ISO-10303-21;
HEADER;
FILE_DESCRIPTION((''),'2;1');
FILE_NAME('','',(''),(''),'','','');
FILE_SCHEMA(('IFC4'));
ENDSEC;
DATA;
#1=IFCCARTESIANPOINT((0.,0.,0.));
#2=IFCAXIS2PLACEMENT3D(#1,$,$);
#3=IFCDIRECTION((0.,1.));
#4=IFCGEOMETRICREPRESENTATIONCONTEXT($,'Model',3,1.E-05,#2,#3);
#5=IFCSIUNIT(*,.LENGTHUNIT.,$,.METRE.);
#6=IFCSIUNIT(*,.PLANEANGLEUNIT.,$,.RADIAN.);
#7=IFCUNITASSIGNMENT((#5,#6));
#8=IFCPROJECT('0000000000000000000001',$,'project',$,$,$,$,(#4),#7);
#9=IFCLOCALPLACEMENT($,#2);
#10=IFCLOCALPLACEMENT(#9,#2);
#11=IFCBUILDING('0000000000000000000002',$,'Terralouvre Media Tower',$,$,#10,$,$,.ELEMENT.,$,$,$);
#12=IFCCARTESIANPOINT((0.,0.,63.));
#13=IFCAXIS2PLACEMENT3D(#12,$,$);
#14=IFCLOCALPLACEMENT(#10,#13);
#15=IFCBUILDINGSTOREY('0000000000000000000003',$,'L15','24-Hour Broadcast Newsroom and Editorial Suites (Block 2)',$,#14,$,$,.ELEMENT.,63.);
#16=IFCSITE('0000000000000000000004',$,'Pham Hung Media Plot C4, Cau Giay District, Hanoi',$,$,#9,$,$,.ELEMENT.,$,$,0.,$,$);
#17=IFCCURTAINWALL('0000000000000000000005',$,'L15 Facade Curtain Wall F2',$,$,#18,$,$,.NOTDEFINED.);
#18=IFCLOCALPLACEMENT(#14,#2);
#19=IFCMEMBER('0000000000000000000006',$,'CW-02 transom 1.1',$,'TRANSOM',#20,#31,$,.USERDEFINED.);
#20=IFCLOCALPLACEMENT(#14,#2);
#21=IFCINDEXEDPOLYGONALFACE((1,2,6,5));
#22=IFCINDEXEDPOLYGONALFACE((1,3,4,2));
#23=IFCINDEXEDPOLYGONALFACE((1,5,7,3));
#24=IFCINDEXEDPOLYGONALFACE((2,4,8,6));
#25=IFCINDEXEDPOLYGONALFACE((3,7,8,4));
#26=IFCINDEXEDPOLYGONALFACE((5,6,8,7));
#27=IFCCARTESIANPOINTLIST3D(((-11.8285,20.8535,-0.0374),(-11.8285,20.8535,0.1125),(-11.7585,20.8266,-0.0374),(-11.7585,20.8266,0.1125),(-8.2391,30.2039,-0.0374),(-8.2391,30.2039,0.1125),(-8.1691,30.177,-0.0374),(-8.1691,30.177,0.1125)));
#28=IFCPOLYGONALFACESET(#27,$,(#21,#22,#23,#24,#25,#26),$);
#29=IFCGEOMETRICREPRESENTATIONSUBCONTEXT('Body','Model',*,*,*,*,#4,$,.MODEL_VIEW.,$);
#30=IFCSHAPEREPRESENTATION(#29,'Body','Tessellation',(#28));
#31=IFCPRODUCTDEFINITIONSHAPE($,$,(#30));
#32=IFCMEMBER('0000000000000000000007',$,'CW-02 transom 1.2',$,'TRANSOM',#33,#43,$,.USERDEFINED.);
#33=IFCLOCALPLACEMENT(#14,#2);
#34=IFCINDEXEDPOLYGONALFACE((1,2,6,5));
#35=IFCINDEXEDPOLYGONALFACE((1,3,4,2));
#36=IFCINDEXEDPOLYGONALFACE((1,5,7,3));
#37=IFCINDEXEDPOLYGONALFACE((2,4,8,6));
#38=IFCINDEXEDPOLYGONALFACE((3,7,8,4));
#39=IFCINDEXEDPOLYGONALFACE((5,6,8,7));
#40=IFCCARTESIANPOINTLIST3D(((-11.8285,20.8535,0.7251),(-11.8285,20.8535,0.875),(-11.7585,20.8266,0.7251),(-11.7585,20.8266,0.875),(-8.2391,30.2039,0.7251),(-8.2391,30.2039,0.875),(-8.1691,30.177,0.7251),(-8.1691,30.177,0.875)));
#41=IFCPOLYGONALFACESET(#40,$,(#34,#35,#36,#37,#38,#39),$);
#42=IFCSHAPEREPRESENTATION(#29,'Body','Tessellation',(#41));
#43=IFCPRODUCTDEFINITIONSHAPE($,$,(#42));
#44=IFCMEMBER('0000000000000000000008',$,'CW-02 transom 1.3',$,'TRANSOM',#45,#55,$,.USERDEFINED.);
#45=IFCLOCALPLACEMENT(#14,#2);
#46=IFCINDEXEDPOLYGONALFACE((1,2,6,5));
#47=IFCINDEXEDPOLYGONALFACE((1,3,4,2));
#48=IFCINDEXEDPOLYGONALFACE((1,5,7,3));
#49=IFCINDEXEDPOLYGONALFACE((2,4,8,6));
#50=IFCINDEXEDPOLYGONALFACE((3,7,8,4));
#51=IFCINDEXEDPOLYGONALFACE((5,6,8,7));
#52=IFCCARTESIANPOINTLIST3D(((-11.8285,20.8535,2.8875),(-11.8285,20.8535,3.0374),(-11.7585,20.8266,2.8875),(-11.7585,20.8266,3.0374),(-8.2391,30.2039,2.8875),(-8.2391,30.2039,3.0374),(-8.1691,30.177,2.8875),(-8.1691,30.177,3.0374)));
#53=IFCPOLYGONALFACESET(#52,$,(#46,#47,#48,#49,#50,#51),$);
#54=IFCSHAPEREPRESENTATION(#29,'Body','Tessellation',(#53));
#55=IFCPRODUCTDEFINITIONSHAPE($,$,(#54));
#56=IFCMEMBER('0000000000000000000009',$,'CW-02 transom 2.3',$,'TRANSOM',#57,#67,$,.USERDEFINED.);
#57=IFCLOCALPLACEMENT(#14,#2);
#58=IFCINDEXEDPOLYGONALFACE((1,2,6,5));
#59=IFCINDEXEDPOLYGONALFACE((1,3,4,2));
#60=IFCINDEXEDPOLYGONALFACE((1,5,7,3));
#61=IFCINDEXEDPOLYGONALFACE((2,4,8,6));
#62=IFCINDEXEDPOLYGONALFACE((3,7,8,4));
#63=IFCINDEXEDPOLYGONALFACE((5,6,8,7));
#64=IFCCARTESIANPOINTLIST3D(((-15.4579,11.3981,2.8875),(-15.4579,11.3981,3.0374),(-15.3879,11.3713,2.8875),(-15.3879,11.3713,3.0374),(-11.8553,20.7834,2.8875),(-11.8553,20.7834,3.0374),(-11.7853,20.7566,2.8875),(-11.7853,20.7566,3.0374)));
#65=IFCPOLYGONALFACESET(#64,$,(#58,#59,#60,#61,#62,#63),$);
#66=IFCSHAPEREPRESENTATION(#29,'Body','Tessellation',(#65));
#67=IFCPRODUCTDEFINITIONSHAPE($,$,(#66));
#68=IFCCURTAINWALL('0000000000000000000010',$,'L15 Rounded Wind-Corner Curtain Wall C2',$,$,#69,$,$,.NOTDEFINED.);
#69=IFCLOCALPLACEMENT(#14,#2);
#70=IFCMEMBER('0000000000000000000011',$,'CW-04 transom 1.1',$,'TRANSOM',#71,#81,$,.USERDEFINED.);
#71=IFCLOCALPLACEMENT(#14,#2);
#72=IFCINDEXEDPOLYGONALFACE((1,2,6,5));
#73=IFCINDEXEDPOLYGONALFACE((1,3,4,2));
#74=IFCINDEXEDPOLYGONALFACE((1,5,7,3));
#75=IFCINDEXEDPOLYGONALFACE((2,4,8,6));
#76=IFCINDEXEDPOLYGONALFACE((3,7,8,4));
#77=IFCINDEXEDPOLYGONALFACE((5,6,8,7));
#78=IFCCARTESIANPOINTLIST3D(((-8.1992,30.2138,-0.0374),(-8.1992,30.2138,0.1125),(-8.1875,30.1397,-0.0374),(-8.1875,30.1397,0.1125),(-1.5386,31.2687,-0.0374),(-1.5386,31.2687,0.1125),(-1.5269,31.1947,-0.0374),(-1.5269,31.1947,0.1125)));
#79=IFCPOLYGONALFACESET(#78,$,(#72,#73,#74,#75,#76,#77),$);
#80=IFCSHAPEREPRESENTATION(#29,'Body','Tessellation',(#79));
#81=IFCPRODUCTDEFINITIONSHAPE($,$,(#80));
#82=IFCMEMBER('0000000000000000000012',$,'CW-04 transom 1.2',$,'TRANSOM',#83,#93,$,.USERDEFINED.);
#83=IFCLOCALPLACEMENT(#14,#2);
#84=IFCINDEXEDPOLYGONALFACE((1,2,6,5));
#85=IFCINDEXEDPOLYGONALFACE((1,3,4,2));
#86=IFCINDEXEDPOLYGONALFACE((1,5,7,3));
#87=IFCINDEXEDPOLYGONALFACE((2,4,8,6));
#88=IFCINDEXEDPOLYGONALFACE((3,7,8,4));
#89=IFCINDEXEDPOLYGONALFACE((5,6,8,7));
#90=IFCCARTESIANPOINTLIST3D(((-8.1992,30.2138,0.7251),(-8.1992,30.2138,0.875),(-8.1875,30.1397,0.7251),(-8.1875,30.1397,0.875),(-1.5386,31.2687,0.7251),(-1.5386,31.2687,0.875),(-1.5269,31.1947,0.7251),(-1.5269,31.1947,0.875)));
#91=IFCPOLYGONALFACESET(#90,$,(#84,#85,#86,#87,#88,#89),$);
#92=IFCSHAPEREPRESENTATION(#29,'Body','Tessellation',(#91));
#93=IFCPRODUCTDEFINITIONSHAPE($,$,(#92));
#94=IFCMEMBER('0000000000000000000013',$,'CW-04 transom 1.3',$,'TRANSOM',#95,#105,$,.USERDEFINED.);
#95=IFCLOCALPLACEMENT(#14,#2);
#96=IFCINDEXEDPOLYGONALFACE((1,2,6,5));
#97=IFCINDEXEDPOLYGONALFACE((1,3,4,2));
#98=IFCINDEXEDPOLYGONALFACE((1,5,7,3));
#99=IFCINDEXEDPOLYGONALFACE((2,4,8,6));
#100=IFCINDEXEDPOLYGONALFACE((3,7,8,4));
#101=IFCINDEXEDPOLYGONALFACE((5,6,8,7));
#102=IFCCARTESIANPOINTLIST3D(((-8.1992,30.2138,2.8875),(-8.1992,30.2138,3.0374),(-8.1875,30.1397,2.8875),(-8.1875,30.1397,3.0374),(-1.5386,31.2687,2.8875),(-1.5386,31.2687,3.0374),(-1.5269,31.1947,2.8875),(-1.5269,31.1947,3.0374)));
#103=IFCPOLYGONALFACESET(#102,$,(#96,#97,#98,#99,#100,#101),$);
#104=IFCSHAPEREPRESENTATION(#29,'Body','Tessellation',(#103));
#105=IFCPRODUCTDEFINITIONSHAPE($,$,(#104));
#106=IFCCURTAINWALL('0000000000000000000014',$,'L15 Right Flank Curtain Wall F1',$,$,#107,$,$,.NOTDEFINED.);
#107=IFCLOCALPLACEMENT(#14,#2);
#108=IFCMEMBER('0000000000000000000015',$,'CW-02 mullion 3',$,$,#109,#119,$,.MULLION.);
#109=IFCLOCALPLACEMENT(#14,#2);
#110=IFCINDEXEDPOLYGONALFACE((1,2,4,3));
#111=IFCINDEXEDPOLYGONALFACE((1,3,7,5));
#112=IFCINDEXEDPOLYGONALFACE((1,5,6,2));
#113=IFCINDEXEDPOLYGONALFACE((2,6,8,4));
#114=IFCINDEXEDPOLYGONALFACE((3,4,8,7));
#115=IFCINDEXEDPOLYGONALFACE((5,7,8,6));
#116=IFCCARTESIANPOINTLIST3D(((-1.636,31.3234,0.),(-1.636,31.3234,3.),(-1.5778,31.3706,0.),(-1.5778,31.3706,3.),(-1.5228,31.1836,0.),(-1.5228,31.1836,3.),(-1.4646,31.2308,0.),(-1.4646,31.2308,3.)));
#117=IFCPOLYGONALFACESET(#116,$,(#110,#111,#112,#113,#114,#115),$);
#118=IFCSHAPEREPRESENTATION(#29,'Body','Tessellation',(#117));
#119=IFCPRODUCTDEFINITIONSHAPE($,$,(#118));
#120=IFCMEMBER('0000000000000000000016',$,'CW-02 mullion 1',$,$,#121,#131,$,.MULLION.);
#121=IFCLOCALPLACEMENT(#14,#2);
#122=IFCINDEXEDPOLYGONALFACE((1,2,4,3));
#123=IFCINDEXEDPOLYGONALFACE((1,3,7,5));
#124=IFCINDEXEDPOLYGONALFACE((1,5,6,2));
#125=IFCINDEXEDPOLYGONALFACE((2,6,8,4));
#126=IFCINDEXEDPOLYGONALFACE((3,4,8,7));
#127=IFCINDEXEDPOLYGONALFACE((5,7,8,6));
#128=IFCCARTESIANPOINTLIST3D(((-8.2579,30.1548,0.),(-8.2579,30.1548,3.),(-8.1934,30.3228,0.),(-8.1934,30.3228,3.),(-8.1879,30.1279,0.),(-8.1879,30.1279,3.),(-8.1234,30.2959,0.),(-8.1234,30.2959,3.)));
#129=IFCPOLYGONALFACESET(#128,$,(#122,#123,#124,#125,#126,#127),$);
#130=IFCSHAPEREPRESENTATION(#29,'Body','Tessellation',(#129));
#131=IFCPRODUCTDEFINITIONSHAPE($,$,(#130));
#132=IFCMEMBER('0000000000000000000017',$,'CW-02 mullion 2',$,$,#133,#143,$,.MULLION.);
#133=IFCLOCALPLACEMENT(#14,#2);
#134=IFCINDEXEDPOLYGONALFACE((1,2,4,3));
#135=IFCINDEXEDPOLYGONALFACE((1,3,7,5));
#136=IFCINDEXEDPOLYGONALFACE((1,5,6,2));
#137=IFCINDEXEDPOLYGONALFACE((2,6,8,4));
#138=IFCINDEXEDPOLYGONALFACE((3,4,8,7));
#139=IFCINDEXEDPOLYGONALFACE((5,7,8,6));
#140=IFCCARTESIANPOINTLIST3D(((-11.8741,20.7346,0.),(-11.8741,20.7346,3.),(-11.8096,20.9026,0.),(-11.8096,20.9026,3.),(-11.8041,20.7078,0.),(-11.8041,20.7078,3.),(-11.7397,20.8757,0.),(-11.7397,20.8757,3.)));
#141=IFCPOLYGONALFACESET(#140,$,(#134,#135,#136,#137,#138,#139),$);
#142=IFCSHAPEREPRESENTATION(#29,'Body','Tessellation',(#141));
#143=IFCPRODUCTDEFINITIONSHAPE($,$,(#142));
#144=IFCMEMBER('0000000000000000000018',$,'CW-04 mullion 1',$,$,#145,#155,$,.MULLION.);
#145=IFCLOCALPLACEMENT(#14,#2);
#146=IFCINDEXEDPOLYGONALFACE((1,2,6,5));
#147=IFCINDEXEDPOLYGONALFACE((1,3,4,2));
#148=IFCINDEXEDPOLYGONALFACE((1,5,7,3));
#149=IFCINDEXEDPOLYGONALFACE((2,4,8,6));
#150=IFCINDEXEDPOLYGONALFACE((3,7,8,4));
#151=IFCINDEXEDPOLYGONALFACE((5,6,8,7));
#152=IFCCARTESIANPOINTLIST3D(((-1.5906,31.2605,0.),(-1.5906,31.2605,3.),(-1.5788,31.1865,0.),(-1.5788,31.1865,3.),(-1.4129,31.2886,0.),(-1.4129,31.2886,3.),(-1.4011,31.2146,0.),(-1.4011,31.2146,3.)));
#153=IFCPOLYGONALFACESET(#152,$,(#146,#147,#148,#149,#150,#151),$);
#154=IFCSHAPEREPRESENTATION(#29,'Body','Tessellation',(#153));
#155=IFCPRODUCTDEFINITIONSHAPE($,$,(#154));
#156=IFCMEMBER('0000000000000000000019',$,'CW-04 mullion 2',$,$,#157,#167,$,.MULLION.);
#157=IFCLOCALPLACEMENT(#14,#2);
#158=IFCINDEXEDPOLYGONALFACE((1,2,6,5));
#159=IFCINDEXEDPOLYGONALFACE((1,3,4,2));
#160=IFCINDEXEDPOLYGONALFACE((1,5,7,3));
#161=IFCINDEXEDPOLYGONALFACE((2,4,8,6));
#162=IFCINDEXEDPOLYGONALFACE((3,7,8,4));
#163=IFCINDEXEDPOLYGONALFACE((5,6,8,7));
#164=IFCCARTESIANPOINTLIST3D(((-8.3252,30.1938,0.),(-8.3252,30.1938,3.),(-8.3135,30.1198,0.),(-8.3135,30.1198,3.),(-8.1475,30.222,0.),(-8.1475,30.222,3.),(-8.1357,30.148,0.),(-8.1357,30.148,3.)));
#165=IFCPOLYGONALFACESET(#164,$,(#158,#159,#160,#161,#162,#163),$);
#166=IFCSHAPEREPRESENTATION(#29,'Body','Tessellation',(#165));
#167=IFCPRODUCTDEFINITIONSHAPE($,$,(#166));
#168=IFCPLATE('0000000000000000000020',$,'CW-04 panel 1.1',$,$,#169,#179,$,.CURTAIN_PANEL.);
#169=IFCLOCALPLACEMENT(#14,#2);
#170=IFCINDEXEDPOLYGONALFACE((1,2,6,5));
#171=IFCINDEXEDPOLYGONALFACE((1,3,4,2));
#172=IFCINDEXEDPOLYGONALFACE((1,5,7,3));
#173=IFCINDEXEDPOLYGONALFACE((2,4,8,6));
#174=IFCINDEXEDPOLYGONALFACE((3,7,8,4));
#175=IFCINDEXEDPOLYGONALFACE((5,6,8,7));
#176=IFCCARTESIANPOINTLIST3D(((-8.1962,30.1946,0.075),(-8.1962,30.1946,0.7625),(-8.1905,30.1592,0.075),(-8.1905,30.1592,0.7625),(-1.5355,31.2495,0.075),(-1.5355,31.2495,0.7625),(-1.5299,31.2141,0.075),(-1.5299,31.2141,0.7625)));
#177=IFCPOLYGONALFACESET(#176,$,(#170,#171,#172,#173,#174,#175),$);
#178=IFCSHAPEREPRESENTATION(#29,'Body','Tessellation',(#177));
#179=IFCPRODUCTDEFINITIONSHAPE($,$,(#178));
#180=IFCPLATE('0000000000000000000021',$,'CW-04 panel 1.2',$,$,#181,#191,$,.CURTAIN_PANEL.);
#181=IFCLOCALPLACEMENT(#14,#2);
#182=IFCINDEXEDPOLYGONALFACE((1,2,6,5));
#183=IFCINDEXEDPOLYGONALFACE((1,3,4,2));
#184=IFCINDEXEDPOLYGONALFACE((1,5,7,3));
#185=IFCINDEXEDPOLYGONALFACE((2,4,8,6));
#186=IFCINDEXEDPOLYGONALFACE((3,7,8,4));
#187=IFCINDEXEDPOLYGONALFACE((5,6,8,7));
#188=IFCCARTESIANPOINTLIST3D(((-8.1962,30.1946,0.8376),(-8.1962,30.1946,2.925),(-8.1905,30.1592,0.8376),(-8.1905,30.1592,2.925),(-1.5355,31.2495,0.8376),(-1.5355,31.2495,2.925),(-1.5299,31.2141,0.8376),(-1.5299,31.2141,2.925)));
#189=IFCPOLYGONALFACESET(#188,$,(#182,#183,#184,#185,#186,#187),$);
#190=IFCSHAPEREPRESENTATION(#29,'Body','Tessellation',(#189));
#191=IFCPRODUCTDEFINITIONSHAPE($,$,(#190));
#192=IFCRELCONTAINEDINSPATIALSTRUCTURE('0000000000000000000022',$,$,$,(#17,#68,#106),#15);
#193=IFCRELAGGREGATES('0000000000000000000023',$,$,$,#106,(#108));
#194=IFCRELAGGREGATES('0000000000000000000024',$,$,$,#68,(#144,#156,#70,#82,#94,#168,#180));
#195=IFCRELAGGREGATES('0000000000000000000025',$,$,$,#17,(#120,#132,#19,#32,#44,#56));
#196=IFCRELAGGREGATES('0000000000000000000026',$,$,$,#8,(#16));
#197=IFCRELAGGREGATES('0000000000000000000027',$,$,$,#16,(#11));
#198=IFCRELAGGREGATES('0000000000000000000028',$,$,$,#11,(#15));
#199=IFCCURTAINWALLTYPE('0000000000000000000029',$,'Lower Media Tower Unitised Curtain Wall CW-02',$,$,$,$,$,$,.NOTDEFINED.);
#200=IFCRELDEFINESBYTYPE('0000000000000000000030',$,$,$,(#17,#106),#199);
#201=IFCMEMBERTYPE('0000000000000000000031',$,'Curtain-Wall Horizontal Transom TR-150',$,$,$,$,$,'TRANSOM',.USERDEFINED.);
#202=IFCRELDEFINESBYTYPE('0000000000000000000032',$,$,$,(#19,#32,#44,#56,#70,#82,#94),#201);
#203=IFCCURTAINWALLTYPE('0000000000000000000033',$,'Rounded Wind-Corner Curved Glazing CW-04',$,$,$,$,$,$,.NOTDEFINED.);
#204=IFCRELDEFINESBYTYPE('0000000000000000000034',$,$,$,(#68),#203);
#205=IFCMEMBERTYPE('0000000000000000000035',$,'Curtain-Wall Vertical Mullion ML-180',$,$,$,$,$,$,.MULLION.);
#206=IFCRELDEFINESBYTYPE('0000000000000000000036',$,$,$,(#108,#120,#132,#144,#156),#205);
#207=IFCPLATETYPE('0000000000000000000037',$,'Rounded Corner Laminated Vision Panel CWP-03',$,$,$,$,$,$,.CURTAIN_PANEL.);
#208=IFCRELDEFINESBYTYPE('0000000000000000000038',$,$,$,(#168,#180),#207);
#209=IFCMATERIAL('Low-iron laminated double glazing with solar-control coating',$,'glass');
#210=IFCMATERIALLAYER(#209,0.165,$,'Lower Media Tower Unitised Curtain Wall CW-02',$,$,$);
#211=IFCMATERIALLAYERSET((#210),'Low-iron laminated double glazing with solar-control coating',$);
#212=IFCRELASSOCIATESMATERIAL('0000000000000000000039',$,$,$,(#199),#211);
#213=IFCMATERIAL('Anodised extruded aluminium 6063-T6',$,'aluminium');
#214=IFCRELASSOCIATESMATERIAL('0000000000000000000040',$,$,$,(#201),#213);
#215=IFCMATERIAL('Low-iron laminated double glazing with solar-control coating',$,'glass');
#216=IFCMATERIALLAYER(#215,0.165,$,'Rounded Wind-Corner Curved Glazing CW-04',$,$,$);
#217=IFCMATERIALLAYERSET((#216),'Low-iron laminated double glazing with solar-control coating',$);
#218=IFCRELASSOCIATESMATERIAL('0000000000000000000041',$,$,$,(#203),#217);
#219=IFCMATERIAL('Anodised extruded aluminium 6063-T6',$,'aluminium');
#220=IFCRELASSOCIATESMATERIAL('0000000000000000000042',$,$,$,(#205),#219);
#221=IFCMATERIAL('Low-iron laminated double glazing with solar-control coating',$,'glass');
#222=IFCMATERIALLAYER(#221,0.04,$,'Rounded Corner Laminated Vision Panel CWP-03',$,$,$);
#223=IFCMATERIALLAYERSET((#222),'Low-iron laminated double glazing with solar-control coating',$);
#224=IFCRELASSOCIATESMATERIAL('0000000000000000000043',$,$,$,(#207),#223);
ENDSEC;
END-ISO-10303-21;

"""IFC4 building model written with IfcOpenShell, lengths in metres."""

from ifc_helpers import new_model, si_unit, direction, frame, origin, origin_2d, place, context, subcontext, project, spatial, rectangle, extrude, material, layer, layer_set, material_profile, profile_set, type_object, element, aggregate, save


model = new_model("IFC4")

# Units and contexts
model_context = context("Model", 3, precision=1e-05, world=origin(), true_north=direction((0.0, 1.0)))
body_context = subcontext(model_context, "Body", "Model", "MODEL_VIEW")
ifc_project = project(units=[si_unit("LENGTHUNIT", "METRE"), si_unit("PLANEANGLEUNIT", "RADIAN")], contexts=[model_context])

# Site, building, storey
site_placement = place(None, origin())
site = spatial("IfcSite", under=ifc_project, at=site_placement, Name="Pham Hung Media Plot C4, Cau Giay District, Hanoi", CompositionType="ELEMENT", RefElevation=0.0)
building_placement = place(site_placement, origin())
building = spatial("IfcBuilding", under=site, at=building_placement, Name="Terralouvre Media Tower", CompositionType="ELEMENT")
storey_placement = place(building_placement, frame((0.0, 0.0, 63.0)))
storey = spatial("IfcBuildingStorey", under=building, at=storey_placement, Name="L15", Description="24-Hour Broadcast Newsroom and Editorial Suites (Block 2)", CompositionType="ELEMENT", Elevation=63.0)

# Curtain walls, members
ifc_material_1 = material(Name="Low-iron laminated double glazing with solar-control coating", Category="glass")
ifc_layer_1 = layer(ifc_material_1, 0.165, Name="Lower Media Tower Unitised Curtain Wall CW-02")
ifc_layer_set_1 = layer_set([ifc_layer_1], Name="Low-iron laminated double glazing with solar-control coating")
curtain_wall_type_1 = type_object("IfcCurtainWallType", Name="Lower Media Tower Unitised Curtain Wall CW-02", PredefinedType="NOTDEFINED", material=ifc_layer_set_1)
curtain_wall_1_placement = place(storey_placement, origin())
curtain_wall_1 = element("IfcCurtainWall", 1, at=curtain_wall_1_placement, inside=storey, type_object=curtain_wall_type_1, Name="L15 Facade Curtain Wall F2", PredefinedType="NOTDEFINED")
ifc_material_2 = material(Name="Anodised extruded aluminium 6063-T6", Category="aluminium")
ifc_material_profile_1 = material_profile(ifc_material_2, rectangle(XDim=0.075, YDim=0.1499, at=origin_2d()), Name="ALU 75x150")
ifc_profile_set_1 = profile_set([ifc_material_profile_1], Name="Anodised extruded aluminium 6063-T6")
member_type_1 = type_object("IfcMemberType", Name="Curtain-Wall Horizontal Transom TR-150", ElementType="TRANSOM", PredefinedType="USERDEFINED", material=ifc_profile_set_1)
member_1_placement = place(storey_placement, frame((-8.2041, 30.1904, 0.0376), z_axis=(-0.358376, -0.933577, 0.0), x_axis=(0.933577, -0.358376, 0.0)))
member_1 = element("IfcMember", 2, at=member_1_placement, type_object=member_type_1, Name="CW-02 transom 1.1", ObjectType="TRANSOM", PredefinedType="USERDEFINED", context=body_context, shape_type="SweptSolid", body=[
    extrude(rectangle(XDim=0.075, YDim=0.1499, at=origin_2d()), origin(), (0.0, 0.0, 1.0), 10.0156),
])
member_2_placement = place(storey_placement, frame((-8.2041, 30.1904, 0.8), z_axis=(-0.358376, -0.933577, 0.0), x_axis=(0.933577, -0.358376, 0.0)))
member_2 = element("IfcMember", 3, at=member_2_placement, type_object=member_type_1, Name="CW-02 transom 1.2", ObjectType="TRANSOM", PredefinedType="USERDEFINED", context=body_context, shape_type="SweptSolid", body=[
    extrude(rectangle(XDim=0.075, YDim=0.1499, at=origin_2d()), origin(), (0.0, 0.0, 1.0), 10.0156),
])
member_3_placement = place(storey_placement, frame((-8.2041, 30.1904, 2.9624), z_axis=(-0.358376, -0.933577, 0.0), x_axis=(0.933577, -0.358376, 0.0)))
member_3 = element("IfcMember", 4, at=member_3_placement, type_object=member_type_1, Name="CW-02 transom 1.3", ObjectType="TRANSOM", PredefinedType="USERDEFINED", context=body_context, shape_type="SweptSolid", body=[
    extrude(rectangle(XDim=0.075, YDim=0.1499, at=origin_2d()), origin(), (0.0, 0.0, 1.0), 10.0156),
])
member_4_placement = place(storey_placement, frame((-11.8203, 20.77, 2.9624), z_axis=(-0.358357, -0.933584, 0.0), x_axis=(0.933584, -0.358357, 0.0)))
member_4 = element("IfcMember", 5, at=member_4_placement, type_object=member_type_1, Name="CW-02 transom 2.3", ObjectType="TRANSOM", PredefinedType="USERDEFINED", context=body_context, shape_type="SweptSolid", body=[
    extrude(rectangle(XDim=0.075, YDim=0.1499, at=origin_2d()), origin(), (0.0, 0.0, 1.0), 10.053),
])
ifc_material_3 = material(Name="Low-iron laminated double glazing with solar-control coating", Category="glass")
ifc_layer_2 = layer(ifc_material_3, 0.165, Name="Rounded Wind-Corner Curved Glazing CW-04")
ifc_layer_set_2 = layer_set([ifc_layer_2], Name="Low-iron laminated double glazing with solar-control coating")
curtain_wall_type_2 = type_object("IfcCurtainWallType", Name="Rounded Wind-Corner Curved Glazing CW-04", PredefinedType="NOTDEFINED", material=ifc_layer_set_2)
curtain_wall_2_placement = place(storey_placement, origin())
curtain_wall_2 = element("IfcCurtainWall", 6, at=curtain_wall_2_placement, inside=storey, type_object=curtain_wall_type_2, Name="L15 Rounded Wind-Corner Curtain Wall C2", PredefinedType="NOTDEFINED")
member_5_placement = place(storey_placement, frame((-1.5327, 31.2317, 0.0376), z_axis=(-0.987689, -0.156433, 0.0), x_axis=(0.156433, -0.987689, 0.0)))
member_5 = element("IfcMember", 7, at=member_5_placement, type_object=member_type_1, Name="CW-04 transom 1.1", ObjectType="TRANSOM", PredefinedType="USERDEFINED", context=body_context, shape_type="SweptSolid", body=[
    extrude(rectangle(XDim=0.075, YDim=0.1499, at=origin_2d()), origin(), (0.0, 0.0, 1.0), 6.7437),
])
member_6_placement = place(storey_placement, frame((-1.5327, 31.2317, 0.8), z_axis=(-0.987689, -0.156433, 0.0), x_axis=(0.156433, -0.987689, 0.0)))
member_6 = element("IfcMember", 8, at=member_6_placement, type_object=member_type_1, Name="CW-04 transom 1.2", ObjectType="TRANSOM", PredefinedType="USERDEFINED", context=body_context, shape_type="SweptSolid", body=[
    extrude(rectangle(XDim=0.075, YDim=0.1499, at=origin_2d()), origin(), (0.0, 0.0, 1.0), 6.7437),
])
member_7_placement = place(storey_placement, frame((-1.5327, 31.2317, 2.9624), z_axis=(-0.987689, -0.156433, 0.0), x_axis=(0.156433, -0.987689, 0.0)))
member_7 = element("IfcMember", 9, at=member_7_placement, type_object=member_type_1, Name="CW-04 transom 1.3", ObjectType="TRANSOM", PredefinedType="USERDEFINED", context=body_context, shape_type="SweptSolid", body=[
    extrude(rectangle(XDim=0.075, YDim=0.1499, at=origin_2d()), origin(), (0.0, 0.0, 1.0), 6.7437),
])

# Curtain wall, member
curtain_wall_3_placement = place(storey_placement, origin())
curtain_wall_3 = element("IfcCurtainWall", 10, at=curtain_wall_3_placement, inside=storey, type_object=curtain_wall_type_1, Name="L15 Right Flank Curtain Wall F1", PredefinedType="NOTDEFINED")
ifc_material_4 = material(Name="Anodised extruded aluminium 6063-T6", Category="aluminium")
ifc_material_profile_2 = material_profile(ifc_material_4, rectangle(XDim=0.075, YDim=0.1799, at=origin_2d()), Name="ALU 75x180")
ifc_profile_set_2 = profile_set([ifc_material_profile_2], Name="Anodised extruded aluminium 6063-T6")
member_type_2 = type_object("IfcMemberType", Name="Curtain-Wall Vertical Mullion ML-180", PredefinedType="MULLION", material=ifc_profile_set_2)
member_8_placement = place(storey_placement, frame((-1.5503, 31.2771, 0.0), z_axis=(0.0, 0.0, 1.0), x_axis=(-0.777146, -0.629321, 0.0)))
member_8 = element("IfcMember", 11, at=member_8_placement, type_object=member_type_2, Name="CW-02 mullion 3", PredefinedType="MULLION", context=body_context, shape_type="SweptSolid", body=[
    extrude(rectangle(XDim=0.075, YDim=0.1799, at=origin_2d()), origin(), (0.0, 0.0, 1.0), 3.0),
])
aggregate(curtain_wall_3, [member_8])

# Members
member_9_placement = place(storey_placement, frame((-8.1907, 30.2253, 0.0), z_axis=(0.0, 0.0, 1.0), x_axis=(0.93358, -0.358368, 0.0)))
member_9 = element("IfcMember", 12, at=member_9_placement, type_object=member_type_2, Name="CW-02 mullion 1", PredefinedType="MULLION", context=body_context, shape_type="SweptSolid", body=[
    extrude(rectangle(XDim=0.075, YDim=0.1799, at=origin_2d()), origin(), (0.0, 0.0, 1.0), 3.0),
])
member_10_placement = place(storey_placement, frame((-11.8069, 20.8052, 0.0), z_axis=(0.0, 0.0, 1.0), x_axis=(0.93358, -0.358368, 0.0)))
member_10 = element("IfcMember", 13, at=member_10_placement, type_object=member_type_2, Name="CW-02 mullion 2", PredefinedType="MULLION", context=body_context, shape_type="SweptSolid", body=[
    extrude(rectangle(XDim=0.075, YDim=0.1799, at=origin_2d()), origin(), (0.0, 0.0, 1.0), 3.0),
])
member_11_placement = place(storey_placement, frame((-1.4958, 31.2375, 0.0), z_axis=(0.0, 0.0, 1.0), x_axis=(0.156434, -0.987688, 0.0)))
member_11 = element("IfcMember", 14, at=member_11_placement, type_object=member_type_2, Name="CW-04 mullion 1", PredefinedType="MULLION", context=body_context, shape_type="SweptSolid", body=[
    extrude(rectangle(XDim=0.075, YDim=0.1799, at=origin_2d()), origin(), (0.0, 0.0, 1.0), 3.0),
])
member_12_placement = place(storey_placement, frame((-8.2305, 30.1709, 0.0), z_axis=(0.0, 0.0, 1.0), x_axis=(0.156434, -0.987688, 0.0)))
member_12 = element("IfcMember", 15, at=member_12_placement, type_object=member_type_2, Name="CW-04 mullion 2", PredefinedType="MULLION", context=body_context, shape_type="SweptSolid", body=[
    extrude(rectangle(XDim=0.075, YDim=0.1799, at=origin_2d()), origin(), (0.0, 0.0, 1.0), 3.0),
])

# Plates
ifc_material_5 = material(Name="Low-iron laminated double glazing with solar-control coating", Category="glass")
ifc_layer_3 = layer(ifc_material_5, 0.04, Name="Rounded Corner Laminated Vision Panel CWP-03")
ifc_layer_set_3 = layer_set([ifc_layer_3], Name="Low-iron laminated double glazing with solar-control coating")
plate_type_1 = type_object("IfcPlateType", Name="Rounded Corner Laminated Vision Panel CWP-03", PredefinedType="CURTAIN_PANEL", material=ifc_layer_set_3)
plate_1_placement = place(storey_placement, frame((-4.863, 30.7043, 0.075), z_axis=(0.0, 0.0, 1.0), x_axis=(-0.987688, -0.156434, 0.0)))
plate_1 = element("IfcPlate", 16, at=plate_1_placement, type_object=plate_type_1, Name="CW-04 panel 1.1", PredefinedType="CURTAIN_PANEL", context=body_context, shape_type="SweptSolid", body=[
    extrude(rectangle(XDim=6.7437, YDim=0.0359, at=origin_2d()), origin(), (0.0, 0.0, 1.0), 0.6875),
])
plate_2_placement = place(storey_placement, frame((-4.863, 30.7043, 0.8376), z_axis=(0.0, 0.0, 1.0), x_axis=(-0.987688, -0.156434, 0.0)))
plate_2 = element("IfcPlate", 17, at=plate_2_placement, type_object=plate_type_1, Name="CW-04 panel 1.2", PredefinedType="CURTAIN_PANEL", context=body_context, shape_type="SweptSolid", body=[
    extrude(rectangle(XDim=6.7437, YDim=0.0359, at=origin_2d()), origin(), (0.0, 0.0, 1.0), 2.0874),
])
aggregate(curtain_wall_2, [member_11, member_12, member_5, member_6, member_7, plate_1, plate_2])
aggregate(curtain_wall_1, [member_9, member_10, member_1, member_2, member_3, member_4])

save(model, "model.ifc")
